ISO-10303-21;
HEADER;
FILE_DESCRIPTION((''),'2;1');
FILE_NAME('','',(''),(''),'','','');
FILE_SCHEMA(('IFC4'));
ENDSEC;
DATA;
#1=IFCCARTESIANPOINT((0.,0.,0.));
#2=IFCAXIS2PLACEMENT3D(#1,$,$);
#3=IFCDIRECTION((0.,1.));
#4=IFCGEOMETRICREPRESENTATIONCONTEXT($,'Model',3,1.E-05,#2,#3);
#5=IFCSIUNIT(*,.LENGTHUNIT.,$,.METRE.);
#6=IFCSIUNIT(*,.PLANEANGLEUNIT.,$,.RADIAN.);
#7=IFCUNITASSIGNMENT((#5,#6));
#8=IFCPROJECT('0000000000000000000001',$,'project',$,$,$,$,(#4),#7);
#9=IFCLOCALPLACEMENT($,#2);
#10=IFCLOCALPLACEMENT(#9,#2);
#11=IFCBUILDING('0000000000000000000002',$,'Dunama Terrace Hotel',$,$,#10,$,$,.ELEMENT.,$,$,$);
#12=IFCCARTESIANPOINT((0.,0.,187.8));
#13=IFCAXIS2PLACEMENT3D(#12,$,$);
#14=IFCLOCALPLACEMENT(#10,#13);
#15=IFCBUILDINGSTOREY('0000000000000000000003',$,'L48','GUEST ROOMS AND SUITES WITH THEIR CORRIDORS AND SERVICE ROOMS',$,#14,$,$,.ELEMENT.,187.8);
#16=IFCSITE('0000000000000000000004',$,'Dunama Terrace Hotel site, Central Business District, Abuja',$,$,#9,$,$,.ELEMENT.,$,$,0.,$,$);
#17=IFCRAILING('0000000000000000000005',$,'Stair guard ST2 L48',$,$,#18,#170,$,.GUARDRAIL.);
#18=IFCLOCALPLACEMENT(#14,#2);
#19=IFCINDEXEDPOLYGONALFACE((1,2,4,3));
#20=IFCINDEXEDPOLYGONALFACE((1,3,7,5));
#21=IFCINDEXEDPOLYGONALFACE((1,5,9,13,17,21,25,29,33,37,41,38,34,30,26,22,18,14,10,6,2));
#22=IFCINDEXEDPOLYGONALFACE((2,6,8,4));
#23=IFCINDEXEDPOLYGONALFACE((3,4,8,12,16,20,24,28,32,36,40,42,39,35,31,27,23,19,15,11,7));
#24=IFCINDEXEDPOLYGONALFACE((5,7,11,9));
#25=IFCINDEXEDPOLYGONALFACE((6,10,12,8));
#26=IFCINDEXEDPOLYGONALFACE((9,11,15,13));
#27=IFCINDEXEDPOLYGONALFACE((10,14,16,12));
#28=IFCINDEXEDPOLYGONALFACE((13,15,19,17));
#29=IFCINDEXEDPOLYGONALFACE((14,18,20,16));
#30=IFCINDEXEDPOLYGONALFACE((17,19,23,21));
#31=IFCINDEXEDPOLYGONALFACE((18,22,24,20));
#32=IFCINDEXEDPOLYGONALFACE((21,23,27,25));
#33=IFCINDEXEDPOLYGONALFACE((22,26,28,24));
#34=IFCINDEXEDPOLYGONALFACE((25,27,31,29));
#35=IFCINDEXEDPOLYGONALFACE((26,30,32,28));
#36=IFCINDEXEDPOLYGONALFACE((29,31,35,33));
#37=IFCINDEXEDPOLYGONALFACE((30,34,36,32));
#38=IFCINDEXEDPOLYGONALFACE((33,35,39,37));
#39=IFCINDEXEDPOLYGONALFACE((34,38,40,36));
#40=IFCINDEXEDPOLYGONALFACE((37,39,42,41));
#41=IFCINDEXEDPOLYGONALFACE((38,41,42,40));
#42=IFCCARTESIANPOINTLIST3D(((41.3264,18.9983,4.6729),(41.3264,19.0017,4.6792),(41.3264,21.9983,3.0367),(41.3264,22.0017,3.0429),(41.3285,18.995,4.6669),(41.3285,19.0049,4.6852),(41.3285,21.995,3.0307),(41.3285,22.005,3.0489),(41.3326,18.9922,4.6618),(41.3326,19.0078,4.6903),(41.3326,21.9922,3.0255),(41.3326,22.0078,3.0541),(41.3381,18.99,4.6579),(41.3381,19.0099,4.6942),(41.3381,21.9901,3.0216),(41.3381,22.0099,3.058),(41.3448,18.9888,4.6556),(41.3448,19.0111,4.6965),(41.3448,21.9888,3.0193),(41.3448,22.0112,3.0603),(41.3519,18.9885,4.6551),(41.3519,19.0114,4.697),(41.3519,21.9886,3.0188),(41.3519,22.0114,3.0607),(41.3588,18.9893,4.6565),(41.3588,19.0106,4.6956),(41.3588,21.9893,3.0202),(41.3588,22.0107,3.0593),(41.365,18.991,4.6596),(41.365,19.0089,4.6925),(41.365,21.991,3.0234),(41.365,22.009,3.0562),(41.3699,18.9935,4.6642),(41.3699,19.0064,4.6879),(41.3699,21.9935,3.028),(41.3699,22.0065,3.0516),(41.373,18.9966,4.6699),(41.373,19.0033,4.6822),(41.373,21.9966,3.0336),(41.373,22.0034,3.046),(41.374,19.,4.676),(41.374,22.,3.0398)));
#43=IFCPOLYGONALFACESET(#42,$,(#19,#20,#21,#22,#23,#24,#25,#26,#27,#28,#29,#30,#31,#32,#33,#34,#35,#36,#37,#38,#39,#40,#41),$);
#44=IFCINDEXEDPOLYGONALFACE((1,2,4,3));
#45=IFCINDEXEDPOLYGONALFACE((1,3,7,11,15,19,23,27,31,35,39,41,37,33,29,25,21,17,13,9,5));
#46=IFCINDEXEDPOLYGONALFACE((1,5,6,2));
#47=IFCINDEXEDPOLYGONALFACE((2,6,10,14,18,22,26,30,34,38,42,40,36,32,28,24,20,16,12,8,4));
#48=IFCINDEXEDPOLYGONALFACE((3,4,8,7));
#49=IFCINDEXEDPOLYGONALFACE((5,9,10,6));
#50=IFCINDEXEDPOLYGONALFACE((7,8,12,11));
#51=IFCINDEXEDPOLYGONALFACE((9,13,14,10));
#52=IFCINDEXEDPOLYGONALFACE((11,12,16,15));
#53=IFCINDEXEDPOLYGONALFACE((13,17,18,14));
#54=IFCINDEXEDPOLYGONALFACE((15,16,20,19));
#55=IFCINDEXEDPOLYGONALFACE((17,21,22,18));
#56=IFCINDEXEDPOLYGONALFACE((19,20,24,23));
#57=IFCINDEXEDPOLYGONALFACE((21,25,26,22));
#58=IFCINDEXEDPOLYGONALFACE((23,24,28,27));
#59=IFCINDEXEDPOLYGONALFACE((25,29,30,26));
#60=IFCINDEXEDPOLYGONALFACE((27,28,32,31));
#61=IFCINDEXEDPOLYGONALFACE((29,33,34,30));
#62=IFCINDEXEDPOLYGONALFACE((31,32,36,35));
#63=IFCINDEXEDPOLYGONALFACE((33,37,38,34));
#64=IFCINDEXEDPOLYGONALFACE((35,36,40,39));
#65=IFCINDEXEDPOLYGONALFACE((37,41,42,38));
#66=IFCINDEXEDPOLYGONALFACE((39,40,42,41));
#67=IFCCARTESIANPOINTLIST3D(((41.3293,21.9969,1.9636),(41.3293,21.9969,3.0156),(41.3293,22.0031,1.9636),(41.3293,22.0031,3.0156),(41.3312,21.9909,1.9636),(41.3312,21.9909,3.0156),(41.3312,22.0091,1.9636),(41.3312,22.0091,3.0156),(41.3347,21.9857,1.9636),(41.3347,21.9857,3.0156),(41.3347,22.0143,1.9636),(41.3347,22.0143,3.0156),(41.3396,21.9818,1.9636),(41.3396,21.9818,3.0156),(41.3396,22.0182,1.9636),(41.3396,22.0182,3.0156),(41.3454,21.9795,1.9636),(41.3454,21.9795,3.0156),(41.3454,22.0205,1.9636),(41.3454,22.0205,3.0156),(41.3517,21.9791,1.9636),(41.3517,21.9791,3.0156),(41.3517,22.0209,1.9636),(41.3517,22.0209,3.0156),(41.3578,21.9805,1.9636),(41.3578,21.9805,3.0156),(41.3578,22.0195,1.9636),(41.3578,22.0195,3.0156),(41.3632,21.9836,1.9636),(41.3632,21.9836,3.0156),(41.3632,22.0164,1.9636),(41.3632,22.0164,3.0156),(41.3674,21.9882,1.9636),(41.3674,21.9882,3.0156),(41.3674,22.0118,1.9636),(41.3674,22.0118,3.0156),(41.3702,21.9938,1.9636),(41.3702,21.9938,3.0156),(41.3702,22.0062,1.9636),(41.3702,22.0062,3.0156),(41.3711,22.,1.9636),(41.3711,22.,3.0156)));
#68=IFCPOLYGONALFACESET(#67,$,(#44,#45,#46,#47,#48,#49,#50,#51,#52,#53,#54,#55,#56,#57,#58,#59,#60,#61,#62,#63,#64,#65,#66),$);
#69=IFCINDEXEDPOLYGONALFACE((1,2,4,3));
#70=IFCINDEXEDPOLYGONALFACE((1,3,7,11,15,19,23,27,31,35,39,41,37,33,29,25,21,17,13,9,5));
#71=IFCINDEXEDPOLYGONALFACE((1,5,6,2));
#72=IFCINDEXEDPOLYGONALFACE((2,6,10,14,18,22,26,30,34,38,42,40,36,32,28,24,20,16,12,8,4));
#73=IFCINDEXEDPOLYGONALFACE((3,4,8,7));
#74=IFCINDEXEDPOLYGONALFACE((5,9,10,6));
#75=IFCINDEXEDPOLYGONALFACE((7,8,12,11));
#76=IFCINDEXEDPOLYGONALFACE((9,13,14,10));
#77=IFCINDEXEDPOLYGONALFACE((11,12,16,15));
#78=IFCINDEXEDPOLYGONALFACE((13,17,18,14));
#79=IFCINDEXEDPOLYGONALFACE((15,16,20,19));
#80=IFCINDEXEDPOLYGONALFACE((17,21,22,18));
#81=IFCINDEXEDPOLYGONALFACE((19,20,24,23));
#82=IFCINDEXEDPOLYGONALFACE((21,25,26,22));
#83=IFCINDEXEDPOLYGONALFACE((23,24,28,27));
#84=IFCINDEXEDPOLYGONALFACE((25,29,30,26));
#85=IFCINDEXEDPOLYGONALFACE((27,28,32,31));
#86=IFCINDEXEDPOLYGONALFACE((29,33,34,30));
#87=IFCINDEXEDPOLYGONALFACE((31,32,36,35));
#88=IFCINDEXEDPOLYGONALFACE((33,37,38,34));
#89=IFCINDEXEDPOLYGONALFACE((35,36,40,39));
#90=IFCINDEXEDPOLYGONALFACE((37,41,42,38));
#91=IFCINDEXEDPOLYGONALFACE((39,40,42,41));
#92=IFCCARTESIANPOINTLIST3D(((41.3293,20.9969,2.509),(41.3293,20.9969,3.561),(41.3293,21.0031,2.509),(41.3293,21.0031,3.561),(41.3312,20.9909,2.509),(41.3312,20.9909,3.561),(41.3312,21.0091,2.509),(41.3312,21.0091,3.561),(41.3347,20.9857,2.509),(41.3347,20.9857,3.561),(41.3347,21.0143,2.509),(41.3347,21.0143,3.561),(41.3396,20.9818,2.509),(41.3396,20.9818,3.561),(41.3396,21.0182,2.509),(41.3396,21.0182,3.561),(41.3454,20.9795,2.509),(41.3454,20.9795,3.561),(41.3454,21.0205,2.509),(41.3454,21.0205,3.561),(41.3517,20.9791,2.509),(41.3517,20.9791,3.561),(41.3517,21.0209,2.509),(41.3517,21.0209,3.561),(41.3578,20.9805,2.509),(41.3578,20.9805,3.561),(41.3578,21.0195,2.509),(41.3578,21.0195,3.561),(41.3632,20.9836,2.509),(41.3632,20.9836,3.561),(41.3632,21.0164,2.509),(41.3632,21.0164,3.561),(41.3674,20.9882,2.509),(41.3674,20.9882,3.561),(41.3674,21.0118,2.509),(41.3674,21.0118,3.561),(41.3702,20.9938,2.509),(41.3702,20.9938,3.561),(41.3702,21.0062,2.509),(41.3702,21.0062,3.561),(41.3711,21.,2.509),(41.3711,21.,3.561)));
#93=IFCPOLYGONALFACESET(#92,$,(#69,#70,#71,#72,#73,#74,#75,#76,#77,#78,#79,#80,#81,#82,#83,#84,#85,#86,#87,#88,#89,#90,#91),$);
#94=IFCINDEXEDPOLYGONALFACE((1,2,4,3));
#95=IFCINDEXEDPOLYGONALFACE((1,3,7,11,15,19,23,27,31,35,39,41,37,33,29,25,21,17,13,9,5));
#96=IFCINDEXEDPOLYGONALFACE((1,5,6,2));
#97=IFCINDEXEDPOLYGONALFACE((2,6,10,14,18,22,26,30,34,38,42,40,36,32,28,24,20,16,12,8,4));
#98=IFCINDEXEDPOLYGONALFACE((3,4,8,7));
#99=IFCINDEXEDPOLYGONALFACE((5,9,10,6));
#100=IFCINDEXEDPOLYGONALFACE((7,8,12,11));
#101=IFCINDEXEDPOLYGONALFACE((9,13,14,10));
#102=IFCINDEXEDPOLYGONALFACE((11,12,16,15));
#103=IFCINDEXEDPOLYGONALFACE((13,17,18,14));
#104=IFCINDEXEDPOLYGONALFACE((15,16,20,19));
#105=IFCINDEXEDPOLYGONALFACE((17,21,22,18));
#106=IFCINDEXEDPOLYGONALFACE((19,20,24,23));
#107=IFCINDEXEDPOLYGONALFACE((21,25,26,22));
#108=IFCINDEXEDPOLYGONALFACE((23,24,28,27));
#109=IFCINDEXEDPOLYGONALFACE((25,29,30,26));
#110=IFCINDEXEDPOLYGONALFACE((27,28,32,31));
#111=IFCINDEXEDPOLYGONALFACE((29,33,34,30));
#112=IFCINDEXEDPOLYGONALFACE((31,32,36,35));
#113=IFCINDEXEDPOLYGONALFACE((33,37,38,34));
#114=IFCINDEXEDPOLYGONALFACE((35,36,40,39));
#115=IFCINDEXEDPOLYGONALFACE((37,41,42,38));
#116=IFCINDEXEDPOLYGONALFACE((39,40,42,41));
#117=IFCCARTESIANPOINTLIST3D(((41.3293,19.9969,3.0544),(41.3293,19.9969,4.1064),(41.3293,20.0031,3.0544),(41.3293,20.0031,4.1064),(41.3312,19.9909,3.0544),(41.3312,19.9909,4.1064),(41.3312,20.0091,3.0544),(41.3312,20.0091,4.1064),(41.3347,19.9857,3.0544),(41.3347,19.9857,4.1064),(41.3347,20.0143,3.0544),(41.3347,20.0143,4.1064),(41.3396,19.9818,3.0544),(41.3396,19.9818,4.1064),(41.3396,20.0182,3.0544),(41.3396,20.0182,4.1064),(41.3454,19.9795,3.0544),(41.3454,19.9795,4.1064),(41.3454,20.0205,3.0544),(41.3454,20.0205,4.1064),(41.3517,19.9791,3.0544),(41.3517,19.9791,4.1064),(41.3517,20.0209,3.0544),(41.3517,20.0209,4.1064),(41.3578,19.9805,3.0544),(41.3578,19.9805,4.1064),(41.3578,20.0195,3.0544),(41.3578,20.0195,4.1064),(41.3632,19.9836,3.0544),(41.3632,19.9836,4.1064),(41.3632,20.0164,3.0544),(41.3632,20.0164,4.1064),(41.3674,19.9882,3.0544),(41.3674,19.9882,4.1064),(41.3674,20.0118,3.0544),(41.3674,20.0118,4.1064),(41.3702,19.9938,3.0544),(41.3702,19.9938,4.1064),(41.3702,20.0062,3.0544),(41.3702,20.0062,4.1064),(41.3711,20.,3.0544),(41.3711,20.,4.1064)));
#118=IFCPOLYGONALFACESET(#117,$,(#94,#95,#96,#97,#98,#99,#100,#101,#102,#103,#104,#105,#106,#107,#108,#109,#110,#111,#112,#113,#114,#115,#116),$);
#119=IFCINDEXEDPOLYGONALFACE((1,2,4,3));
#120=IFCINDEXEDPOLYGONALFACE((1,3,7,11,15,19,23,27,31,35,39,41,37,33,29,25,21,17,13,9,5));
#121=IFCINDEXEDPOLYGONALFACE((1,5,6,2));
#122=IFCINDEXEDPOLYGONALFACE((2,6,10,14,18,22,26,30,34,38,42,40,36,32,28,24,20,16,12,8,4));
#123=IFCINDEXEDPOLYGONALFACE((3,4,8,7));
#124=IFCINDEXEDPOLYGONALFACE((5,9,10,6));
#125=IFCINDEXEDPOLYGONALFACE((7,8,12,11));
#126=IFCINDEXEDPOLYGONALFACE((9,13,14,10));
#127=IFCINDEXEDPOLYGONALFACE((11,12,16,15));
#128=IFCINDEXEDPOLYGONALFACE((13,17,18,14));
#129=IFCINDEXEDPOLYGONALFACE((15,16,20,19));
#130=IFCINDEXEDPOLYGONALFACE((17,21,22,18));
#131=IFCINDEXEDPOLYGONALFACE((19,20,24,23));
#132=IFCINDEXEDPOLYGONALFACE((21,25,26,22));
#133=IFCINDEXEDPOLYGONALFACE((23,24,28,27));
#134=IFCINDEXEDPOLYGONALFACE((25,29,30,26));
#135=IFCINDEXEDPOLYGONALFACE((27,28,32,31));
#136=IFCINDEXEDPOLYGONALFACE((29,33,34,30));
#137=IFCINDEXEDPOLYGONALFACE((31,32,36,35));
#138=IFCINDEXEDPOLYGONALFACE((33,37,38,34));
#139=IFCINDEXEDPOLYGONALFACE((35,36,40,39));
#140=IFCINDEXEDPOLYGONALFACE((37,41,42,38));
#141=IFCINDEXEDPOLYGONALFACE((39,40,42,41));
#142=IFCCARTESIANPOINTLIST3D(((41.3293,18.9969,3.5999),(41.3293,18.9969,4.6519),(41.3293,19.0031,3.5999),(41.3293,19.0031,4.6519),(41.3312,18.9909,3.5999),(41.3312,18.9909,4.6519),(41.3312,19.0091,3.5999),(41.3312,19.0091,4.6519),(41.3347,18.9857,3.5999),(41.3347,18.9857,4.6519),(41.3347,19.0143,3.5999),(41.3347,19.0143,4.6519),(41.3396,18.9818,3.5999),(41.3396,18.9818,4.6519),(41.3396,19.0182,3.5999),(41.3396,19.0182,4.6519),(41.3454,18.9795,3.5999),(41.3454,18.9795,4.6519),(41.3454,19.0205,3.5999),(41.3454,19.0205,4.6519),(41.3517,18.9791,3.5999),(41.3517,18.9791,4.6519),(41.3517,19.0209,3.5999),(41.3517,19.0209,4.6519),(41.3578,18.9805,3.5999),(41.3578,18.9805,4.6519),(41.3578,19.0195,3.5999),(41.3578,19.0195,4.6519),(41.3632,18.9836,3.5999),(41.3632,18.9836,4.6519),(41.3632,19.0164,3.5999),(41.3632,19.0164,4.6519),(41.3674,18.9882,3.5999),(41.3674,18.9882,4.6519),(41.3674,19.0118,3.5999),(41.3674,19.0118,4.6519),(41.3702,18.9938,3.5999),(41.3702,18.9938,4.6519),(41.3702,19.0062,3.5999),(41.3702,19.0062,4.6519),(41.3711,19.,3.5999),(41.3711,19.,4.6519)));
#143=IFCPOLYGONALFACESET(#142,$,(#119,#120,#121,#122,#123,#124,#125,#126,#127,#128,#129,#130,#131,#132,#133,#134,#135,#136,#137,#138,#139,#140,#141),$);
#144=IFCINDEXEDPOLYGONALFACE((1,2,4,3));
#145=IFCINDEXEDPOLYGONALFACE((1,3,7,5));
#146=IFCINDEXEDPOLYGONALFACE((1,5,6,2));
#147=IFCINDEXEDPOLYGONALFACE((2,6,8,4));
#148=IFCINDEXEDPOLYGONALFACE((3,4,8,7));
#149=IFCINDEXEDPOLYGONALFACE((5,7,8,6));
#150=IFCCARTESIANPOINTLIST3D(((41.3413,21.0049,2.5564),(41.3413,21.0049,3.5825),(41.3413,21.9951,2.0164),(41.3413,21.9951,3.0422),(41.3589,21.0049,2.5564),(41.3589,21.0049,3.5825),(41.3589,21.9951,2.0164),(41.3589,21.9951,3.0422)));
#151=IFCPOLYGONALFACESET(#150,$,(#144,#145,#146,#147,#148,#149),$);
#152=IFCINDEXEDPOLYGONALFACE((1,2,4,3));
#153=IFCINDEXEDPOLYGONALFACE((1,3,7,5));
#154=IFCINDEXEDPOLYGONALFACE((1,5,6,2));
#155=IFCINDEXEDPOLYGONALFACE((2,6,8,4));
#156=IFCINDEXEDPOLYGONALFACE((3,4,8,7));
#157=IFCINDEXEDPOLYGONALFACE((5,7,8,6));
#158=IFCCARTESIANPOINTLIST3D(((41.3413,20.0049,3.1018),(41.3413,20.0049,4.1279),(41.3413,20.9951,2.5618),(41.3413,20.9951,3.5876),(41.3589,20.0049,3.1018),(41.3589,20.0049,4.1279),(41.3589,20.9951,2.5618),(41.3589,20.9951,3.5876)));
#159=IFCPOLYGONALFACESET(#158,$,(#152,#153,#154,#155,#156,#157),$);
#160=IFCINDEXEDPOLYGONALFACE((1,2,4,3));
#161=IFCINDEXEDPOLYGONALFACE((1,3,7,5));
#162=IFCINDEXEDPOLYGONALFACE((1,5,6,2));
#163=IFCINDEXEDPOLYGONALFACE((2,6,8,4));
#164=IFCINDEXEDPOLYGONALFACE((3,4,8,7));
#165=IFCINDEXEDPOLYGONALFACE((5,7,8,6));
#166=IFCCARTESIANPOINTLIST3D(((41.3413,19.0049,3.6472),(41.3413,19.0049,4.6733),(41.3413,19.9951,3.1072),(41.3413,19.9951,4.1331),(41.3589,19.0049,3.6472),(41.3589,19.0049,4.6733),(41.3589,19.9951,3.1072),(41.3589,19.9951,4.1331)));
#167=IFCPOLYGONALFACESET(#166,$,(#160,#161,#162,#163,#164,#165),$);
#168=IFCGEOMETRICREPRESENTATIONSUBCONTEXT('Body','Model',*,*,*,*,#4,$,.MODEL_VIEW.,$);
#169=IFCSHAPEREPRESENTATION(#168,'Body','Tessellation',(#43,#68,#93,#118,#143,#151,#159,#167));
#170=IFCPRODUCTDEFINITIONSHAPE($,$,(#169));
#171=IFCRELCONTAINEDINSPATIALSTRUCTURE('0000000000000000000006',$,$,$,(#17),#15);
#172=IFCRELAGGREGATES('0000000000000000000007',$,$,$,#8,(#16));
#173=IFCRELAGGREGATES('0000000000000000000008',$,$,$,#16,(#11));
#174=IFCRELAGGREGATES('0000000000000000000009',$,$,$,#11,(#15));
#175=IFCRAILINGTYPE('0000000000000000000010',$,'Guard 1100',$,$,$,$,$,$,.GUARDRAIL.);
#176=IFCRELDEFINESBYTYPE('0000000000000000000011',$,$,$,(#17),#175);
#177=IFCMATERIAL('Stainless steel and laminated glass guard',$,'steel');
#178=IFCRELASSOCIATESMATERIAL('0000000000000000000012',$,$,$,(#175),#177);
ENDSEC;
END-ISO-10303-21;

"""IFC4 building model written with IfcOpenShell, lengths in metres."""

from ifc_helpers import new_model, si_unit, direction, frame, origin, origin_2d, place, context, subcontext, project, spatial, polyline, circle, outline, extrude, material, type_object, element, save


model = new_model("IFC4")

# Units and contexts
model_context = context("Model", 3, precision=1e-05, world=origin(), true_north=direction((0.0, 1.0)))
body_context = subcontext(model_context, "Body", "Model", "MODEL_VIEW")
ifc_project = project(units=[si_unit("LENGTHUNIT", "METRE"), si_unit("PLANEANGLEUNIT", "RADIAN")], contexts=[model_context])

# Site, building, storey
site_placement = place(None, origin())
site = spatial("IfcSite", under=ifc_project, at=site_placement, Name="Dunama Terrace Hotel site, Central Business District, Abuja", CompositionType="ELEMENT", RefElevation=0.0)
building_placement = place(site_placement, origin())
building = spatial("IfcBuilding", under=site, at=building_placement, Name="Dunama Terrace Hotel", CompositionType="ELEMENT")
storey_placement = place(building_placement, frame((0.0, 0.0, 187.8)))
storey = spatial("IfcBuildingStorey", under=building, at=storey_placement, Name="L48", Description="GUEST ROOMS AND SUITES WITH THEIR CORRIDORS AND SERVICE ROOMS", CompositionType="ELEMENT", Elevation=187.8)

# Railing
ifc_material_1 = material(Name="Stainless steel and laminated glass guard", Category="steel")
railing_type = type_object("IfcRailingType", Name="Guard 1100", PredefinedType="GUARDRAIL", material=ifc_material_1)
railing_placement = place(storey_placement, frame((41.3501, 22.0, 1.9636)))
element("IfcRailing", 1, at=railing_placement, inside=storey, type_object=railing_type, Name="Stair guard ST2 L48", PredefinedType="GUARDRAIL", context=body_context, shape_type="SweptSolid", body=[
    extrude(circle(Radius=0.0239, at=origin_2d()), frame((0.0, 0.0, 1.0762), z_axis=(0.0, -0.877912, 0.478822), x_axis=(1.0, 0.0, 0.0)), (0.0, 0.0, 1.0), 3.4172),
    extrude(circle(Radius=0.021, at=origin_2d()), origin(), (0.0, 0.0, 1.0), 1.052),
    extrude(circle(Radius=0.021, at=origin_2d()), frame((0.0, -1.0, 0.5454)), (0.0, 0.0, 1.0), 1.052),
    extrude(circle(Radius=0.021, at=origin_2d()), frame((0.0, -2.0, 1.0908)), (0.0, 0.0, 1.0), 1.052),
    extrude(circle(Radius=0.021, at=origin_2d()), frame((0.0, -3.0, 1.6362)), (0.0, 0.0, 1.0), 1.052),
    extrude(outline(polyline([(0.0049, 0.0527), (0.9951, 0.5928), (0.9951, 1.6189), (0.0049, 1.0786), (0.0049, 0.0527)])), frame((0.0088, 0.0, 0.0), z_axis=(-1.0, 0.0, 0.0), x_axis=(0.0, -1.0, 0.0)), (0.0, 0.0, 1.0), 0.0176),
    extrude(outline(polyline([(0.0049, 0.0527), (0.9951, 0.5928), (0.9951, 1.6189), (0.0049, 1.0786), (0.0049, 0.0527)])), frame((0.0088, -1.0, 0.5454), z_axis=(-1.0, 0.0, 0.0), x_axis=(0.0, -1.0, 0.0)), (0.0, 0.0, 1.0), 0.0176),
    extrude(outline(polyline([(0.0049, 0.0527), (0.9951, 0.5928), (0.9951, 1.6189), (0.0049, 1.0786), (0.0049, 0.0527)])), frame((0.0088, -2.0, 1.0908), z_axis=(-1.0, 0.0, 0.0), x_axis=(0.0, -1.0, 0.0)), (0.0, 0.0, 1.0), 0.0176),
])

save(model, "model.ifc")
